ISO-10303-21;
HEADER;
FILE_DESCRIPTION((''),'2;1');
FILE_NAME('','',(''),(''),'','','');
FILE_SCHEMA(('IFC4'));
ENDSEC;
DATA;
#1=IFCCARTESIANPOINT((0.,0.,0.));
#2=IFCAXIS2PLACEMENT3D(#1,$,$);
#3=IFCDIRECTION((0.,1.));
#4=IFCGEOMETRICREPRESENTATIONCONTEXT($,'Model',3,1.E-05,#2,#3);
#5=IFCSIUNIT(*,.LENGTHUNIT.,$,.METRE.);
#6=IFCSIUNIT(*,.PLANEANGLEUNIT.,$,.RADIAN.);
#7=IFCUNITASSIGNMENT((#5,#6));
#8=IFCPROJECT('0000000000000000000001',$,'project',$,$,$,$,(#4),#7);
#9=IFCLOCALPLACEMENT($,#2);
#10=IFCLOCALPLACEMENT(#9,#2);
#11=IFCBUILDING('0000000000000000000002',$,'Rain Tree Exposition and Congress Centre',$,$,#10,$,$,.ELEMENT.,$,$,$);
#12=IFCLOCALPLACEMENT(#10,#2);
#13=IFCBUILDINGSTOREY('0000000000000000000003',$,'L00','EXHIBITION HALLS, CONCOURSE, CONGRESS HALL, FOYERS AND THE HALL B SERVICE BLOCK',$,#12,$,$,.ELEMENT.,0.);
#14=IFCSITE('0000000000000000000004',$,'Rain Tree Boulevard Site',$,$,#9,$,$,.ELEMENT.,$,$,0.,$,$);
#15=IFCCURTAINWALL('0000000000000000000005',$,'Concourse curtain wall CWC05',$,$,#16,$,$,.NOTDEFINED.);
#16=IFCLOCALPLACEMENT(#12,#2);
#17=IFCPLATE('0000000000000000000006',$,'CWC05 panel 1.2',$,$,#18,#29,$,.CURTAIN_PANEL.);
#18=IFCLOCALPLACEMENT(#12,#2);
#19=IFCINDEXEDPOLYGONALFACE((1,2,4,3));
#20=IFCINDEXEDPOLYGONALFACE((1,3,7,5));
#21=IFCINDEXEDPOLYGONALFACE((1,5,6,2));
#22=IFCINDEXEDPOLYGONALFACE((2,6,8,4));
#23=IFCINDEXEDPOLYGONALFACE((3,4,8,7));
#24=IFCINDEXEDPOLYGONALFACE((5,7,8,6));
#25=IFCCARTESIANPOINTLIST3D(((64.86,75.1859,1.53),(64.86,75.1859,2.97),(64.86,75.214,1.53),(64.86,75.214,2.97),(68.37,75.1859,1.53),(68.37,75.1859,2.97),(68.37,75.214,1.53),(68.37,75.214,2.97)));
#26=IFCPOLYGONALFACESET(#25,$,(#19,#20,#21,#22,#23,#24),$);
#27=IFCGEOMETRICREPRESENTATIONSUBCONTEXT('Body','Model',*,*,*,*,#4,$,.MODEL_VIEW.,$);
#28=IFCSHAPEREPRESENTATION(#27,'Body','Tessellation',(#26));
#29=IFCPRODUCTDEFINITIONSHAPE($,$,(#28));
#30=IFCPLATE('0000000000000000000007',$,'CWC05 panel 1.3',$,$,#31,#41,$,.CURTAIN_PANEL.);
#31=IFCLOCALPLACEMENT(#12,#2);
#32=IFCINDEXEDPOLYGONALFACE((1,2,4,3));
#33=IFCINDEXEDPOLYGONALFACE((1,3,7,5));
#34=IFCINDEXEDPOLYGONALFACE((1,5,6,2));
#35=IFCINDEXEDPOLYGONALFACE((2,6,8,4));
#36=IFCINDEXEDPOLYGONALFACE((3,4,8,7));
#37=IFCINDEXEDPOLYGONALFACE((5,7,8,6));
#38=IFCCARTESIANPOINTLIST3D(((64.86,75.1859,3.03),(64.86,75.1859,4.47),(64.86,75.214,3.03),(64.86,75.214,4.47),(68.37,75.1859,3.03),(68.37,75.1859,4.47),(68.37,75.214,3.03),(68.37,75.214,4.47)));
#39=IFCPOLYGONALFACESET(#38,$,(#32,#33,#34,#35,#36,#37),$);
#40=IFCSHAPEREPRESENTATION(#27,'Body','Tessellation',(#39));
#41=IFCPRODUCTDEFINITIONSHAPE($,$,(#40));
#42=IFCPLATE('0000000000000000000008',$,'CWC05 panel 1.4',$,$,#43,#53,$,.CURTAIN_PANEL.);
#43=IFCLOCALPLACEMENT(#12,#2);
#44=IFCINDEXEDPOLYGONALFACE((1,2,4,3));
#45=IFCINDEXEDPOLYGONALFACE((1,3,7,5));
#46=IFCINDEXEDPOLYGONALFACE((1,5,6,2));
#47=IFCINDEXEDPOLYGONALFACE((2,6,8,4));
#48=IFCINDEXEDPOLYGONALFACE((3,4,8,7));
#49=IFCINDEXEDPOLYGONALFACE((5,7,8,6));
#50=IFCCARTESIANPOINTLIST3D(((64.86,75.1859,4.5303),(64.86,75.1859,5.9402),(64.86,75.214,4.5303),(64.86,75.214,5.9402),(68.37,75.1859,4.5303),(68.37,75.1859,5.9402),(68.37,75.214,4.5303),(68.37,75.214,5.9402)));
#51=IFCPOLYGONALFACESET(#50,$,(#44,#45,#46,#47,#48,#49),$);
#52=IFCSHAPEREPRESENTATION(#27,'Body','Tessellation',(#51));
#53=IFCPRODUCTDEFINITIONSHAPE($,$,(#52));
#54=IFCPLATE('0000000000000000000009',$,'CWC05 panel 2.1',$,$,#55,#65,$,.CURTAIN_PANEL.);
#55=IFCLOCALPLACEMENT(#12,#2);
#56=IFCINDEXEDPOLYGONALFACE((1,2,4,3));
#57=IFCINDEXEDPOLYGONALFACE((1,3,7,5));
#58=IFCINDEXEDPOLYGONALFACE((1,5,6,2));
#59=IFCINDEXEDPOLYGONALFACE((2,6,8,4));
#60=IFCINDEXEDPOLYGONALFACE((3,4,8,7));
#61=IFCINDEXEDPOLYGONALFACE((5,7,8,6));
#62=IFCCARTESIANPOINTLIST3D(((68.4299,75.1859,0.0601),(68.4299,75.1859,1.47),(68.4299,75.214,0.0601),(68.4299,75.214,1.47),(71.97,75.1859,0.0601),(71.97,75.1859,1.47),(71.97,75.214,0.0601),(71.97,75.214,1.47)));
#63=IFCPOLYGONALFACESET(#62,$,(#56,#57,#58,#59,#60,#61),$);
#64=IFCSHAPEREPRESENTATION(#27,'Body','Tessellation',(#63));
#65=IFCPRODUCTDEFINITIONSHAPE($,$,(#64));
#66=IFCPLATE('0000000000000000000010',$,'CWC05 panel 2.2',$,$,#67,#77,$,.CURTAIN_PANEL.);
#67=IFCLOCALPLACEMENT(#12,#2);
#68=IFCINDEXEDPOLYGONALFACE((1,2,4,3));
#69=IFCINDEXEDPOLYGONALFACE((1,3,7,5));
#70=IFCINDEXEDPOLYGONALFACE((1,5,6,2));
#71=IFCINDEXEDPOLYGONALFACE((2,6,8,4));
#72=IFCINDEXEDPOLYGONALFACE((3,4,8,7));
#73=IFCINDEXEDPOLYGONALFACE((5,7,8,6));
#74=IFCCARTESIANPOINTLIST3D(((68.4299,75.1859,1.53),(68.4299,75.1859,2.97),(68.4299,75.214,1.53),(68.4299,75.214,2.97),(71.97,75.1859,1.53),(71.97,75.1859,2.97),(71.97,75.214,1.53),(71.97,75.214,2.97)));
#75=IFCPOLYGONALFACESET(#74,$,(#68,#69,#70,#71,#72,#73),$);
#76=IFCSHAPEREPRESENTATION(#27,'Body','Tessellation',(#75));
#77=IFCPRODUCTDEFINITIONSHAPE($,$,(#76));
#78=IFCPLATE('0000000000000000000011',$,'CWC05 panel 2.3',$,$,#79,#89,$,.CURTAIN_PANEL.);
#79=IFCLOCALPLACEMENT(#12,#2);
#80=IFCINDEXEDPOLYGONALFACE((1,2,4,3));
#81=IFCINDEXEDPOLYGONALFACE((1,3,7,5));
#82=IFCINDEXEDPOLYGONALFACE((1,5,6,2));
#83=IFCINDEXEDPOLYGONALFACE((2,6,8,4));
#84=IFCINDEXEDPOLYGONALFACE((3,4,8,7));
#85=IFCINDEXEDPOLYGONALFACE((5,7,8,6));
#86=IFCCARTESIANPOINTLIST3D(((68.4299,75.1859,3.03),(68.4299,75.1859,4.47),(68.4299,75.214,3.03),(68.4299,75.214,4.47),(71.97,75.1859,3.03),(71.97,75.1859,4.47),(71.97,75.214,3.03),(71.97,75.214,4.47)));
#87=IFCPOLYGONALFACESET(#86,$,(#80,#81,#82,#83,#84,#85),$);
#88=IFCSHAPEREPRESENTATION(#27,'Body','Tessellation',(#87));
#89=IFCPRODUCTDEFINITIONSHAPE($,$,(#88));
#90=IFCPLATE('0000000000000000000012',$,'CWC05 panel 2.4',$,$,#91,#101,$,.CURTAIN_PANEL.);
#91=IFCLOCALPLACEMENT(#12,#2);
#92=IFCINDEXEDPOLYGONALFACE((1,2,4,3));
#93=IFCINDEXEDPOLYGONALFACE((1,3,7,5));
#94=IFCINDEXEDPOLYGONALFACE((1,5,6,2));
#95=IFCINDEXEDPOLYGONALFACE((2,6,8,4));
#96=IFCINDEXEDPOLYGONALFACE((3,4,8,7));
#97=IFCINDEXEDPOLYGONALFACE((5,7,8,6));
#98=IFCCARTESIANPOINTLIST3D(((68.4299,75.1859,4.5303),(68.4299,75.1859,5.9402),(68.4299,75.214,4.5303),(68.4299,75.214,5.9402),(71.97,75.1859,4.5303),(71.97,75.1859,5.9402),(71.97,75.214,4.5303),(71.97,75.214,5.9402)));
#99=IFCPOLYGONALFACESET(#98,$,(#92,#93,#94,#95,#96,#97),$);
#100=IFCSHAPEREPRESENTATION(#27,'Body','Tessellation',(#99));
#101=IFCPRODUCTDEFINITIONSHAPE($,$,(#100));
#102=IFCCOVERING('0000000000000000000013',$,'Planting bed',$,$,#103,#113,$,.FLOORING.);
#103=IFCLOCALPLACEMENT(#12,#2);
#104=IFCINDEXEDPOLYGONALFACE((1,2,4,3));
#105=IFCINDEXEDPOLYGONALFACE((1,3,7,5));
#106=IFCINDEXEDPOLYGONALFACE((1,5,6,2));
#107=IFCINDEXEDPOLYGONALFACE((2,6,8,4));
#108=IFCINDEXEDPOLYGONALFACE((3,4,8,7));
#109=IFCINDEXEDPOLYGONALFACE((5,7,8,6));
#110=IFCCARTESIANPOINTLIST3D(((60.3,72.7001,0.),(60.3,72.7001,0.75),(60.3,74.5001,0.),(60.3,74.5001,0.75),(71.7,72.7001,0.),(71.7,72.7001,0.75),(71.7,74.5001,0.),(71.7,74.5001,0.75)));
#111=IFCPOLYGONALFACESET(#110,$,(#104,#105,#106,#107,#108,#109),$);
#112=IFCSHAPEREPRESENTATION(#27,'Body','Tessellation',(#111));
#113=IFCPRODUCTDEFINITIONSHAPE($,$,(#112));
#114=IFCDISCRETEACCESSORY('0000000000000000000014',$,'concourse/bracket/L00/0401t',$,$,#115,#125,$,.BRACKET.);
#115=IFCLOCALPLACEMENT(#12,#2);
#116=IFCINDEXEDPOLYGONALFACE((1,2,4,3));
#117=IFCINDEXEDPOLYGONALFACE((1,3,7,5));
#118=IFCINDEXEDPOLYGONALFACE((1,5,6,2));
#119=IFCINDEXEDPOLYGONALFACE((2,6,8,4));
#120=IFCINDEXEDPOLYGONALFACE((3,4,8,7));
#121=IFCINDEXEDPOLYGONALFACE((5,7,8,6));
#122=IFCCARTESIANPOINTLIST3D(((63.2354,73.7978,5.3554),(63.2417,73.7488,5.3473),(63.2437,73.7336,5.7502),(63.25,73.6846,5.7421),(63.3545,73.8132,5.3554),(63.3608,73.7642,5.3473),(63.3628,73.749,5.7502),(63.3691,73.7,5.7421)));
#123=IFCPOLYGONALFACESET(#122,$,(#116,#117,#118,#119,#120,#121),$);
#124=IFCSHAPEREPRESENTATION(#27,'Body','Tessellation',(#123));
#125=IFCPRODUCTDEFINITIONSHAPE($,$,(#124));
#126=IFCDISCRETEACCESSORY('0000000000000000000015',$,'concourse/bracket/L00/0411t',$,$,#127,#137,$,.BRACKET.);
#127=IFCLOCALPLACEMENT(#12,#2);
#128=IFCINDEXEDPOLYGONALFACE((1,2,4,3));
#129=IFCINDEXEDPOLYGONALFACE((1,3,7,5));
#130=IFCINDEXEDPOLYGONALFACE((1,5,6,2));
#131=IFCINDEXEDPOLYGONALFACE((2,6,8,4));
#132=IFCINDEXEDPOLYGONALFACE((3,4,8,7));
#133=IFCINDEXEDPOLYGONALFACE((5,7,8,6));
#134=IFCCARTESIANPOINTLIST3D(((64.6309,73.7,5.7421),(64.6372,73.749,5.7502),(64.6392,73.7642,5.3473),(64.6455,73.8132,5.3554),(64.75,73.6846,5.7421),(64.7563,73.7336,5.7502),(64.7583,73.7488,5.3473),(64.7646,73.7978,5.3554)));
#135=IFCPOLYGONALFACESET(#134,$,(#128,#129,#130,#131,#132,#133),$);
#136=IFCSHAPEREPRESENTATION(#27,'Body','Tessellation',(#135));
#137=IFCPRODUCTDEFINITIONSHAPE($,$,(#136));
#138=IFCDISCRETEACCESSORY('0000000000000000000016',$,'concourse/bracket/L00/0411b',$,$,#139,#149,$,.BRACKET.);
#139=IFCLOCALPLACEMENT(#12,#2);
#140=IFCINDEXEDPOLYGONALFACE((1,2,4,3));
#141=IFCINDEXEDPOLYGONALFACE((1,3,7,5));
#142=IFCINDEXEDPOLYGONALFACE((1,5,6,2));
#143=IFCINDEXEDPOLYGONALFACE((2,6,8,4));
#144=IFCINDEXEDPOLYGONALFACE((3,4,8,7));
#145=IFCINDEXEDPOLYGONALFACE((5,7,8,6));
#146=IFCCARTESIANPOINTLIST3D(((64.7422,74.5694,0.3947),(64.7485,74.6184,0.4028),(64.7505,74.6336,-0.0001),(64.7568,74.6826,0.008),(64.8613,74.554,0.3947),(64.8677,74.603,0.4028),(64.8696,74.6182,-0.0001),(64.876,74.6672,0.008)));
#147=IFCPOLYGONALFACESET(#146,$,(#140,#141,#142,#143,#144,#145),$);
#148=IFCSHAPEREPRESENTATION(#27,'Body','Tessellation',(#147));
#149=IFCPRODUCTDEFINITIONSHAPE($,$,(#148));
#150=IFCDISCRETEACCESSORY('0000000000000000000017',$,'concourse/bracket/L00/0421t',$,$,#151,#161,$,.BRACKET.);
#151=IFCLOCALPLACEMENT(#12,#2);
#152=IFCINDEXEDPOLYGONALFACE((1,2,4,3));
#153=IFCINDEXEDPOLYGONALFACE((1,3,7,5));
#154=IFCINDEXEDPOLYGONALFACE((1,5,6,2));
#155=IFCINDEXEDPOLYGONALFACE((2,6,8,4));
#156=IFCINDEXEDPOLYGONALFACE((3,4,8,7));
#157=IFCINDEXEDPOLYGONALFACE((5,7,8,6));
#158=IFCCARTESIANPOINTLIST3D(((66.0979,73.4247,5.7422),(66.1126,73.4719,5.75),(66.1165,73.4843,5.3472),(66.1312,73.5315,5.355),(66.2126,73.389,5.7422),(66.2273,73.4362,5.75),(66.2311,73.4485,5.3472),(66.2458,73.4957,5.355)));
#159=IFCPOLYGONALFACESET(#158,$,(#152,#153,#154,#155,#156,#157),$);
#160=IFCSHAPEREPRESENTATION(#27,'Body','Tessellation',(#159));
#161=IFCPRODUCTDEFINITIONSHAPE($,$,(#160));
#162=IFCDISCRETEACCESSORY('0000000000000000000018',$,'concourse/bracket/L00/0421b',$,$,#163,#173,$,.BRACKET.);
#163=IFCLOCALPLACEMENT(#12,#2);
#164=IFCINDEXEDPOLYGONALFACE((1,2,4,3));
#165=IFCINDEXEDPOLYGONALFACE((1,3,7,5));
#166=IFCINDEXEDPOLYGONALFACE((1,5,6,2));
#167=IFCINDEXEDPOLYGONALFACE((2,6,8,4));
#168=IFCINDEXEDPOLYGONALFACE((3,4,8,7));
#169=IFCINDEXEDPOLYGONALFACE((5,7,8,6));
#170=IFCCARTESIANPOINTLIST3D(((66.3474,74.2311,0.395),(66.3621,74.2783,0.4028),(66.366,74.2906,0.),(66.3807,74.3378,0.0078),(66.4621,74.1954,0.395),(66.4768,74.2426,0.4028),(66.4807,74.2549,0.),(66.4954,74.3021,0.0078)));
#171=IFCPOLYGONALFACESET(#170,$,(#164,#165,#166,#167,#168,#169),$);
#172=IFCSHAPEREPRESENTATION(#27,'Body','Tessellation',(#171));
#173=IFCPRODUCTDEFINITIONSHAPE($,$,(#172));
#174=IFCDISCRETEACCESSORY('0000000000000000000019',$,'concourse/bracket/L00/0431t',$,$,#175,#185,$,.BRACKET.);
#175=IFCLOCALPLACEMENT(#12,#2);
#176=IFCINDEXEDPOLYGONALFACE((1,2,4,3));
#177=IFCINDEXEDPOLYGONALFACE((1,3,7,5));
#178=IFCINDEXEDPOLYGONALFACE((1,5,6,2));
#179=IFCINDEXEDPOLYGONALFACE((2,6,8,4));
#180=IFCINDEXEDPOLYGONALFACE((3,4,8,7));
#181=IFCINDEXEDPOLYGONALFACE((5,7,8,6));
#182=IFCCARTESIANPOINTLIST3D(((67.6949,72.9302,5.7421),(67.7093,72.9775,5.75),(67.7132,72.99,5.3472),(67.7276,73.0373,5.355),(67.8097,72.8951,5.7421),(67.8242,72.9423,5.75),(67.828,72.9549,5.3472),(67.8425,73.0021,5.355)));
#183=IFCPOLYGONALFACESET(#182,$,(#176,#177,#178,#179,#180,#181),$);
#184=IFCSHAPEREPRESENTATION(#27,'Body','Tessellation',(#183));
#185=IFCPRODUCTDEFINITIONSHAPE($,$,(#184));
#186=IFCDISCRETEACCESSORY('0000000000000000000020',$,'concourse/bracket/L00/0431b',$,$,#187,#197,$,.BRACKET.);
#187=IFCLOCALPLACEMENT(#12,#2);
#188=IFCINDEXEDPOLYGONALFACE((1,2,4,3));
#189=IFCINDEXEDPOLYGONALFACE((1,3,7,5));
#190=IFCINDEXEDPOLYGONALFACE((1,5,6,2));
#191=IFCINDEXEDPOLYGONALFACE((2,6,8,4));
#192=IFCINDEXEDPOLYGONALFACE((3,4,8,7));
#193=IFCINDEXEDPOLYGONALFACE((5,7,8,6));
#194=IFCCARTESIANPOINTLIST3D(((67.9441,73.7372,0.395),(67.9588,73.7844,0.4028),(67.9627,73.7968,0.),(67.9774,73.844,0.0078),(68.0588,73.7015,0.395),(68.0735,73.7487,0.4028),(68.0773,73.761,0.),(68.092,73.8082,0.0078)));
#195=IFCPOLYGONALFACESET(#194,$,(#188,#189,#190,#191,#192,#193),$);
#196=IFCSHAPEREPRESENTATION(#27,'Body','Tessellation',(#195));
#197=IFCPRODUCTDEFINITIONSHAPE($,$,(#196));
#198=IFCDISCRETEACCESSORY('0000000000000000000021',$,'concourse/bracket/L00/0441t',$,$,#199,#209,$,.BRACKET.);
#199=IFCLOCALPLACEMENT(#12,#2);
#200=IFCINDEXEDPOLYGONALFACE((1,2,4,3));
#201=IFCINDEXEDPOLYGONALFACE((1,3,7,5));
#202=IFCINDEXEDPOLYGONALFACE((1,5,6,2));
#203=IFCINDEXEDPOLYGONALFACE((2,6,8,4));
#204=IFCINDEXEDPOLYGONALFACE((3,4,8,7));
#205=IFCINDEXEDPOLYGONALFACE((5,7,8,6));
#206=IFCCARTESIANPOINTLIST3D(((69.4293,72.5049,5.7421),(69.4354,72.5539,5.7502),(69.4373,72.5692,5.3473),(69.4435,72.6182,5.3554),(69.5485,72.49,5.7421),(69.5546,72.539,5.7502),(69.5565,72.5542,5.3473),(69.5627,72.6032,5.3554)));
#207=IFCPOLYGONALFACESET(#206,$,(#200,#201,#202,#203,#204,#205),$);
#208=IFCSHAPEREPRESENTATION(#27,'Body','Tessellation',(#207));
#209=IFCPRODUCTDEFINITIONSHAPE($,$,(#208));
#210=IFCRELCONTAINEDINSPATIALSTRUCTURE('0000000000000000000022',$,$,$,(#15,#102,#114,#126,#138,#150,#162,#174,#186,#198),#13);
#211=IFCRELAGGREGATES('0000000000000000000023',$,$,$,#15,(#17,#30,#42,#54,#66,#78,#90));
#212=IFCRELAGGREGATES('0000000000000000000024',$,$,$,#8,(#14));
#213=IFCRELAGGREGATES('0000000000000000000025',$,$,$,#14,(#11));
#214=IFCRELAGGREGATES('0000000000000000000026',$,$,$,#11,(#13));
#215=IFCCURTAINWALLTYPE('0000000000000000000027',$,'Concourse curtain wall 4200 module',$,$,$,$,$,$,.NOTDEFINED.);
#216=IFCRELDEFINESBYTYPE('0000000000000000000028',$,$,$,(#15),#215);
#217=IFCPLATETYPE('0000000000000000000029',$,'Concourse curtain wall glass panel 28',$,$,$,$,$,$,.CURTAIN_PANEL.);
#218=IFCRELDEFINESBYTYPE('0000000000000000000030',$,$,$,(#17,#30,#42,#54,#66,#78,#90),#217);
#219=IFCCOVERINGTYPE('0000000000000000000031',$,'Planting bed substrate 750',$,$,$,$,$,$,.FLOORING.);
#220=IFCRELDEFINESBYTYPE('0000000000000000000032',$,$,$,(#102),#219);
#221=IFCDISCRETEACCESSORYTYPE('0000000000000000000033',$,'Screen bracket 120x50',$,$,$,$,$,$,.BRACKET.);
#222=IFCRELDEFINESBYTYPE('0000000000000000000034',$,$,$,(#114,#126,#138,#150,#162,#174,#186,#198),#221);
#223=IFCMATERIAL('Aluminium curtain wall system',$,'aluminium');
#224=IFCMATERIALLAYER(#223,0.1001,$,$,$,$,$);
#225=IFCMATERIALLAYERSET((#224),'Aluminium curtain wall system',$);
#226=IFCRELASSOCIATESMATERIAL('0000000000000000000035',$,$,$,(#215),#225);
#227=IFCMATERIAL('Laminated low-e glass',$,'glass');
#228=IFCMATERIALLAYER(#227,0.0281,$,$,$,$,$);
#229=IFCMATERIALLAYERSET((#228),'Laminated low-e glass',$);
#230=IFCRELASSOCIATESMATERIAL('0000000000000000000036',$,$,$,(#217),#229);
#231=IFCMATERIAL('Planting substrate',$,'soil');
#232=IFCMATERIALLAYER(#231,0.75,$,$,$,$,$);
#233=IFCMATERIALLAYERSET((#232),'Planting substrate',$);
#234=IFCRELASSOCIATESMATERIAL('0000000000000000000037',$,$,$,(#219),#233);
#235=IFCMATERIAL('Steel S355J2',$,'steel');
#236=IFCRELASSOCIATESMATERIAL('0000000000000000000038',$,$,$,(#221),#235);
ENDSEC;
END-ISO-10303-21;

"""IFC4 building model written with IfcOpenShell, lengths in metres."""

from ifc_helpers import new_model, si_unit, direction, frame, origin, origin_2d, place, context, subcontext, project, spatial, rectangle, extrude, material, layer, layer_set, material_profile, profile_set, type_object, element, aggregate, save


model = new_model("IFC4")

# Units and contexts
model_context = context("Model", 3, precision=1e-05, world=origin(), true_north=direction((0.0, 1.0)))
body_context = subcontext(model_context, "Body", "Model", "MODEL_VIEW")
ifc_project = project(units=[si_unit("LENGTHUNIT", "METRE"), si_unit("PLANEANGLEUNIT", "RADIAN")], contexts=[model_context])

# Site, building, storey
site_placement = place(None, origin())
site = spatial("IfcSite", under=ifc_project, at=site_placement, Name="Rain Tree Boulevard Site", CompositionType="ELEMENT", RefElevation=0.0)
building_placement = place(site_placement, origin())
building = spatial("IfcBuilding", under=site, at=building_placement, Name="Rain Tree Exposition and Congress Centre", CompositionType="ELEMENT")
storey_placement = place(building_placement, origin())
storey = spatial("IfcBuildingStorey", under=building, at=storey_placement, Name="L00", Description="EXHIBITION HALLS, CONCOURSE, CONGRESS HALL, FOYERS AND THE HALL B SERVICE BLOCK", CompositionType="ELEMENT", Elevation=0.0)

# Curtain wall, plates
ifc_material_1 = material(Name="Aluminium curtain wall system", Category="aluminium")
ifc_layer_1 = layer(ifc_material_1, 0.1001)
ifc_layer_set_1 = layer_set([ifc_layer_1], Name="Aluminium curtain wall system")
curtain_wall_type = type_object("IfcCurtainWallType", Name="Concourse curtain wall 4200 module", PredefinedType="NOTDEFINED", material=ifc_layer_set_1)
curtain_wall_placement = place(storey_placement, origin())
curtain_wall = element("IfcCurtainWall", 1, at=curtain_wall_placement, inside=storey, type_object=curtain_wall_type, Name="Concourse curtain wall CWC05", PredefinedType="NOTDEFINED")
ifc_material_2 = material(Name="Laminated low-e glass", Category="glass")
ifc_layer_2 = layer(ifc_material_2, 0.0281)
ifc_layer_set_2 = layer_set([ifc_layer_2], Name="Laminated low-e glass")
plate_type = type_object("IfcPlateType", Name="Concourse curtain wall glass panel 28", PredefinedType="CURTAIN_PANEL", material=ifc_layer_set_2)
plate_1_placement = place(storey_placement, frame((66.615, 75.2, 1.53), z_axis=(0.0, 0.0, 1.0), x_axis=(1.0, 0.0, 0.0)))
plate_1 = element("IfcPlate", 2, at=plate_1_placement, type_object=plate_type, Name="CWC05 panel 1.2", PredefinedType="CURTAIN_PANEL", context=body_context, shape_type="SweptSolid", body=[
    extrude(rectangle(XDim=3.51, YDim=0.0281, at=origin_2d()), origin(), (0.0, 0.0, 1.0), 1.4399),
])
plate_2_placement = place(storey_placement, frame((66.615, 75.2, 3.03), z_axis=(0.0, 0.0, 1.0), x_axis=(1.0, 0.0, 0.0)))
plate_2 = element("IfcPlate", 3, at=plate_2_placement, type_object=plate_type, Name="CWC05 panel 1.3", PredefinedType="CURTAIN_PANEL", context=body_context, shape_type="SweptSolid", body=[
    extrude(rectangle(XDim=3.51, YDim=0.0281, at=origin_2d()), origin(), (0.0, 0.0, 1.0), 1.4399),
])
plate_3_placement = place(storey_placement, frame((66.615, 75.2, 4.5303), z_axis=(0.0, 0.0, 1.0), x_axis=(1.0, 0.0, 0.0)))
plate_3 = element("IfcPlate", 4, at=plate_3_placement, type_object=plate_type, Name="CWC05 panel 1.4", PredefinedType="CURTAIN_PANEL", context=body_context, shape_type="SweptSolid", body=[
    extrude(rectangle(XDim=3.51, YDim=0.0281, at=origin_2d()), origin(), (0.0, 0.0, 1.0), 1.4099),
])
plate_4_placement = place(storey_placement, frame((70.2, 75.2, 0.0601), z_axis=(0.0, 0.0, 1.0), x_axis=(1.0, 0.0, 0.0)))
plate_4 = element("IfcPlate", 5, at=plate_4_placement, type_object=plate_type, Name="CWC05 panel 2.1", PredefinedType="CURTAIN_PANEL", context=body_context, shape_type="SweptSolid", body=[
    extrude(rectangle(XDim=3.54, YDim=0.0281, at=origin_2d()), origin(), (0.0, 0.0, 1.0), 1.4099),
])
plate_5_placement = place(storey_placement, frame((70.2, 75.2, 1.53), z_axis=(0.0, 0.0, 1.0), x_axis=(1.0, 0.0, 0.0)))
plate_5 = element("IfcPlate", 6, at=plate_5_placement, type_object=plate_type, Name="CWC05 panel 2.2", PredefinedType="CURTAIN_PANEL", context=body_context, shape_type="SweptSolid", body=[
    extrude(rectangle(XDim=3.54, YDim=0.0281, at=origin_2d()), origin(), (0.0, 0.0, 1.0), 1.4399),
])
plate_6_placement = place(storey_placement, frame((70.2, 75.2, 3.03), z_axis=(0.0, 0.0, 1.0), x_axis=(1.0, 0.0, 0.0)))
plate_6 = element("IfcPlate", 7, at=plate_6_placement, type_object=plate_type, Name="CWC05 panel 2.3", PredefinedType="CURTAIN_PANEL", context=body_context, shape_type="SweptSolid", body=[
    extrude(rectangle(XDim=3.54, YDim=0.0281, at=origin_2d()), origin(), (0.0, 0.0, 1.0), 1.4399),
])
plate_7_placement = place(storey_placement, frame((70.2, 75.2, 4.5303), z_axis=(0.0, 0.0, 1.0), x_axis=(1.0, 0.0, 0.0)))
plate_7 = element("IfcPlate", 8, at=plate_7_placement, type_object=plate_type, Name="CWC05 panel 2.4", PredefinedType="CURTAIN_PANEL", context=body_context, shape_type="SweptSolid", body=[
    extrude(rectangle(XDim=3.54, YDim=0.0281, at=origin_2d()), origin(), (0.0, 0.0, 1.0), 1.4099),
])
aggregate(curtain_wall, [plate_1, plate_2, plate_3, plate_4, plate_5, plate_6, plate_7])

# Covering
ifc_material_3 = material(Name="Planting substrate", Category="soil")
ifc_layer_3 = layer(ifc_material_3, 0.75)
ifc_layer_set_3 = layer_set([ifc_layer_3], Name="Planting substrate")
covering_type_1 = type_object("IfcCoveringType", Name="Planting bed substrate 750", PredefinedType="FLOORING", material=ifc_layer_set_3)
covering_1_placement = place(storey_placement, frame((66.0, 73.6001, 0.0), z_axis=(0.0, 0.0, 1.0), x_axis=(1.0, 0.0, 0.0)))
element("IfcCovering", 9, at=covering_1_placement, inside=storey, type_object=covering_type_1, Name="Planting bed", PredefinedType="FLOORING", context=body_context, shape_type="SweptSolid", body=[
    extrude(rectangle(XDim=11.3999, YDim=1.8, at=origin_2d()), origin(), (0.0, 0.0, 1.0), 0.75),
])

# Discrete accessories
ifc_material_4 = material(Name="Steel S355J2", Category="steel")
ifc_material_profile_1 = material_profile(ifc_material_4, rectangle(XDim=0.1201, YDim=0.05, at=origin_2d()), Name="Flat bar 120x50")
ifc_profile_set_1 = profile_set([ifc_material_profile_1], Name="Steel S355J2")
discrete_accessory_type = type_object("IfcDiscreteAccessoryType", Name="Screen bracket 120x50", PredefinedType="BRACKET", material=ifc_profile_set_1)
for number, where, z_axis, x_axis, name in (
    (10, (63.2981, 73.781, 5.3513), (0.020749, -0.160503, 0.986817), (0.991747, 0.128211, 0.0), "concourse/bracket/L00/0401t"),
    (11, (64.7019, 73.781, 5.3513), (-0.020749, -0.160503, 0.986817), (0.991747, -0.128211, 0.0), "concourse/bracket/L00/0411t"),
    (12, (64.8132, 74.6504, 0.0039), (-0.020749, -0.160503, 0.986817), (0.991747, -0.128211, 0.0), "concourse/bracket/L00/0411b"),
):
    element("IfcDiscreteAccessory", number, at=place(storey_placement, frame(where, z_axis=z_axis, x_axis=x_axis)), inside=storey, type_object=discrete_accessory_type, Name=name, PredefinedType="BRACKET", context=body_context, shape_type="SweptSolid", body=[
        extrude(rectangle(XDim=0.1201, YDim=0.05, at=origin_2d()), origin(), (0.0, 0.0, 1.0), 0.4001),
    ])
for number, where, z_axis, x_axis, name in (
    (13, (66.1812, 73.49, 5.3511), (-0.046396, -0.148957, 0.987755), (0.954758, -0.297384, 0.0), "concourse/bracket/L00/0421t"),
    (14, (66.4307, 74.2964, 0.0039), (-0.046396, -0.148957, 0.987755), (0.954758, -0.297384, 0.0), "concourse/bracket/L00/0421b"),
    (15, (67.7778, 72.9961, 5.3511), (-0.045783, -0.149558, 0.987692), (0.9562, -0.292714, 0.0), "concourse/bracket/L00/0431t"),
    (16, (68.0273, 73.8025, 0.0039), (-0.046396, -0.148957, 0.987755), (0.954758, -0.297384, 0.0), "concourse/bracket/L00/0431b"),
):
    element("IfcDiscreteAccessory", number, at=place(storey_placement, frame(where, z_axis=z_axis, x_axis=x_axis)), inside=storey, type_object=discrete_accessory_type, Name=name, PredefinedType="BRACKET", context=body_context, shape_type="SweptSolid", body=[
        extrude(rectangle(XDim=0.1201, YDim=0.05, at=origin_2d()), origin(), (0.0, 0.0, 1.0), 0.3999),
    ])
for number, where, z_axis, x_axis, name in (
    (17, (69.5, 72.5862, 5.3513), (-0.020139, -0.160505, 0.98683), (0.99222, -0.124499, 0.0), "concourse/bracket/L00/0441t"),
):
    element("IfcDiscreteAccessory", number, at=place(storey_placement, frame(where, z_axis=z_axis, x_axis=x_axis)), inside=storey, type_object=discrete_accessory_type, Name=name, PredefinedType="BRACKET", context=body_context, shape_type="SweptSolid", body=[
        extrude(rectangle(XDim=0.1201, YDim=0.05, at=origin_2d()), origin(), (0.0, 0.0, 1.0), 0.4001),
    ])

save(model, "model.ifc")
